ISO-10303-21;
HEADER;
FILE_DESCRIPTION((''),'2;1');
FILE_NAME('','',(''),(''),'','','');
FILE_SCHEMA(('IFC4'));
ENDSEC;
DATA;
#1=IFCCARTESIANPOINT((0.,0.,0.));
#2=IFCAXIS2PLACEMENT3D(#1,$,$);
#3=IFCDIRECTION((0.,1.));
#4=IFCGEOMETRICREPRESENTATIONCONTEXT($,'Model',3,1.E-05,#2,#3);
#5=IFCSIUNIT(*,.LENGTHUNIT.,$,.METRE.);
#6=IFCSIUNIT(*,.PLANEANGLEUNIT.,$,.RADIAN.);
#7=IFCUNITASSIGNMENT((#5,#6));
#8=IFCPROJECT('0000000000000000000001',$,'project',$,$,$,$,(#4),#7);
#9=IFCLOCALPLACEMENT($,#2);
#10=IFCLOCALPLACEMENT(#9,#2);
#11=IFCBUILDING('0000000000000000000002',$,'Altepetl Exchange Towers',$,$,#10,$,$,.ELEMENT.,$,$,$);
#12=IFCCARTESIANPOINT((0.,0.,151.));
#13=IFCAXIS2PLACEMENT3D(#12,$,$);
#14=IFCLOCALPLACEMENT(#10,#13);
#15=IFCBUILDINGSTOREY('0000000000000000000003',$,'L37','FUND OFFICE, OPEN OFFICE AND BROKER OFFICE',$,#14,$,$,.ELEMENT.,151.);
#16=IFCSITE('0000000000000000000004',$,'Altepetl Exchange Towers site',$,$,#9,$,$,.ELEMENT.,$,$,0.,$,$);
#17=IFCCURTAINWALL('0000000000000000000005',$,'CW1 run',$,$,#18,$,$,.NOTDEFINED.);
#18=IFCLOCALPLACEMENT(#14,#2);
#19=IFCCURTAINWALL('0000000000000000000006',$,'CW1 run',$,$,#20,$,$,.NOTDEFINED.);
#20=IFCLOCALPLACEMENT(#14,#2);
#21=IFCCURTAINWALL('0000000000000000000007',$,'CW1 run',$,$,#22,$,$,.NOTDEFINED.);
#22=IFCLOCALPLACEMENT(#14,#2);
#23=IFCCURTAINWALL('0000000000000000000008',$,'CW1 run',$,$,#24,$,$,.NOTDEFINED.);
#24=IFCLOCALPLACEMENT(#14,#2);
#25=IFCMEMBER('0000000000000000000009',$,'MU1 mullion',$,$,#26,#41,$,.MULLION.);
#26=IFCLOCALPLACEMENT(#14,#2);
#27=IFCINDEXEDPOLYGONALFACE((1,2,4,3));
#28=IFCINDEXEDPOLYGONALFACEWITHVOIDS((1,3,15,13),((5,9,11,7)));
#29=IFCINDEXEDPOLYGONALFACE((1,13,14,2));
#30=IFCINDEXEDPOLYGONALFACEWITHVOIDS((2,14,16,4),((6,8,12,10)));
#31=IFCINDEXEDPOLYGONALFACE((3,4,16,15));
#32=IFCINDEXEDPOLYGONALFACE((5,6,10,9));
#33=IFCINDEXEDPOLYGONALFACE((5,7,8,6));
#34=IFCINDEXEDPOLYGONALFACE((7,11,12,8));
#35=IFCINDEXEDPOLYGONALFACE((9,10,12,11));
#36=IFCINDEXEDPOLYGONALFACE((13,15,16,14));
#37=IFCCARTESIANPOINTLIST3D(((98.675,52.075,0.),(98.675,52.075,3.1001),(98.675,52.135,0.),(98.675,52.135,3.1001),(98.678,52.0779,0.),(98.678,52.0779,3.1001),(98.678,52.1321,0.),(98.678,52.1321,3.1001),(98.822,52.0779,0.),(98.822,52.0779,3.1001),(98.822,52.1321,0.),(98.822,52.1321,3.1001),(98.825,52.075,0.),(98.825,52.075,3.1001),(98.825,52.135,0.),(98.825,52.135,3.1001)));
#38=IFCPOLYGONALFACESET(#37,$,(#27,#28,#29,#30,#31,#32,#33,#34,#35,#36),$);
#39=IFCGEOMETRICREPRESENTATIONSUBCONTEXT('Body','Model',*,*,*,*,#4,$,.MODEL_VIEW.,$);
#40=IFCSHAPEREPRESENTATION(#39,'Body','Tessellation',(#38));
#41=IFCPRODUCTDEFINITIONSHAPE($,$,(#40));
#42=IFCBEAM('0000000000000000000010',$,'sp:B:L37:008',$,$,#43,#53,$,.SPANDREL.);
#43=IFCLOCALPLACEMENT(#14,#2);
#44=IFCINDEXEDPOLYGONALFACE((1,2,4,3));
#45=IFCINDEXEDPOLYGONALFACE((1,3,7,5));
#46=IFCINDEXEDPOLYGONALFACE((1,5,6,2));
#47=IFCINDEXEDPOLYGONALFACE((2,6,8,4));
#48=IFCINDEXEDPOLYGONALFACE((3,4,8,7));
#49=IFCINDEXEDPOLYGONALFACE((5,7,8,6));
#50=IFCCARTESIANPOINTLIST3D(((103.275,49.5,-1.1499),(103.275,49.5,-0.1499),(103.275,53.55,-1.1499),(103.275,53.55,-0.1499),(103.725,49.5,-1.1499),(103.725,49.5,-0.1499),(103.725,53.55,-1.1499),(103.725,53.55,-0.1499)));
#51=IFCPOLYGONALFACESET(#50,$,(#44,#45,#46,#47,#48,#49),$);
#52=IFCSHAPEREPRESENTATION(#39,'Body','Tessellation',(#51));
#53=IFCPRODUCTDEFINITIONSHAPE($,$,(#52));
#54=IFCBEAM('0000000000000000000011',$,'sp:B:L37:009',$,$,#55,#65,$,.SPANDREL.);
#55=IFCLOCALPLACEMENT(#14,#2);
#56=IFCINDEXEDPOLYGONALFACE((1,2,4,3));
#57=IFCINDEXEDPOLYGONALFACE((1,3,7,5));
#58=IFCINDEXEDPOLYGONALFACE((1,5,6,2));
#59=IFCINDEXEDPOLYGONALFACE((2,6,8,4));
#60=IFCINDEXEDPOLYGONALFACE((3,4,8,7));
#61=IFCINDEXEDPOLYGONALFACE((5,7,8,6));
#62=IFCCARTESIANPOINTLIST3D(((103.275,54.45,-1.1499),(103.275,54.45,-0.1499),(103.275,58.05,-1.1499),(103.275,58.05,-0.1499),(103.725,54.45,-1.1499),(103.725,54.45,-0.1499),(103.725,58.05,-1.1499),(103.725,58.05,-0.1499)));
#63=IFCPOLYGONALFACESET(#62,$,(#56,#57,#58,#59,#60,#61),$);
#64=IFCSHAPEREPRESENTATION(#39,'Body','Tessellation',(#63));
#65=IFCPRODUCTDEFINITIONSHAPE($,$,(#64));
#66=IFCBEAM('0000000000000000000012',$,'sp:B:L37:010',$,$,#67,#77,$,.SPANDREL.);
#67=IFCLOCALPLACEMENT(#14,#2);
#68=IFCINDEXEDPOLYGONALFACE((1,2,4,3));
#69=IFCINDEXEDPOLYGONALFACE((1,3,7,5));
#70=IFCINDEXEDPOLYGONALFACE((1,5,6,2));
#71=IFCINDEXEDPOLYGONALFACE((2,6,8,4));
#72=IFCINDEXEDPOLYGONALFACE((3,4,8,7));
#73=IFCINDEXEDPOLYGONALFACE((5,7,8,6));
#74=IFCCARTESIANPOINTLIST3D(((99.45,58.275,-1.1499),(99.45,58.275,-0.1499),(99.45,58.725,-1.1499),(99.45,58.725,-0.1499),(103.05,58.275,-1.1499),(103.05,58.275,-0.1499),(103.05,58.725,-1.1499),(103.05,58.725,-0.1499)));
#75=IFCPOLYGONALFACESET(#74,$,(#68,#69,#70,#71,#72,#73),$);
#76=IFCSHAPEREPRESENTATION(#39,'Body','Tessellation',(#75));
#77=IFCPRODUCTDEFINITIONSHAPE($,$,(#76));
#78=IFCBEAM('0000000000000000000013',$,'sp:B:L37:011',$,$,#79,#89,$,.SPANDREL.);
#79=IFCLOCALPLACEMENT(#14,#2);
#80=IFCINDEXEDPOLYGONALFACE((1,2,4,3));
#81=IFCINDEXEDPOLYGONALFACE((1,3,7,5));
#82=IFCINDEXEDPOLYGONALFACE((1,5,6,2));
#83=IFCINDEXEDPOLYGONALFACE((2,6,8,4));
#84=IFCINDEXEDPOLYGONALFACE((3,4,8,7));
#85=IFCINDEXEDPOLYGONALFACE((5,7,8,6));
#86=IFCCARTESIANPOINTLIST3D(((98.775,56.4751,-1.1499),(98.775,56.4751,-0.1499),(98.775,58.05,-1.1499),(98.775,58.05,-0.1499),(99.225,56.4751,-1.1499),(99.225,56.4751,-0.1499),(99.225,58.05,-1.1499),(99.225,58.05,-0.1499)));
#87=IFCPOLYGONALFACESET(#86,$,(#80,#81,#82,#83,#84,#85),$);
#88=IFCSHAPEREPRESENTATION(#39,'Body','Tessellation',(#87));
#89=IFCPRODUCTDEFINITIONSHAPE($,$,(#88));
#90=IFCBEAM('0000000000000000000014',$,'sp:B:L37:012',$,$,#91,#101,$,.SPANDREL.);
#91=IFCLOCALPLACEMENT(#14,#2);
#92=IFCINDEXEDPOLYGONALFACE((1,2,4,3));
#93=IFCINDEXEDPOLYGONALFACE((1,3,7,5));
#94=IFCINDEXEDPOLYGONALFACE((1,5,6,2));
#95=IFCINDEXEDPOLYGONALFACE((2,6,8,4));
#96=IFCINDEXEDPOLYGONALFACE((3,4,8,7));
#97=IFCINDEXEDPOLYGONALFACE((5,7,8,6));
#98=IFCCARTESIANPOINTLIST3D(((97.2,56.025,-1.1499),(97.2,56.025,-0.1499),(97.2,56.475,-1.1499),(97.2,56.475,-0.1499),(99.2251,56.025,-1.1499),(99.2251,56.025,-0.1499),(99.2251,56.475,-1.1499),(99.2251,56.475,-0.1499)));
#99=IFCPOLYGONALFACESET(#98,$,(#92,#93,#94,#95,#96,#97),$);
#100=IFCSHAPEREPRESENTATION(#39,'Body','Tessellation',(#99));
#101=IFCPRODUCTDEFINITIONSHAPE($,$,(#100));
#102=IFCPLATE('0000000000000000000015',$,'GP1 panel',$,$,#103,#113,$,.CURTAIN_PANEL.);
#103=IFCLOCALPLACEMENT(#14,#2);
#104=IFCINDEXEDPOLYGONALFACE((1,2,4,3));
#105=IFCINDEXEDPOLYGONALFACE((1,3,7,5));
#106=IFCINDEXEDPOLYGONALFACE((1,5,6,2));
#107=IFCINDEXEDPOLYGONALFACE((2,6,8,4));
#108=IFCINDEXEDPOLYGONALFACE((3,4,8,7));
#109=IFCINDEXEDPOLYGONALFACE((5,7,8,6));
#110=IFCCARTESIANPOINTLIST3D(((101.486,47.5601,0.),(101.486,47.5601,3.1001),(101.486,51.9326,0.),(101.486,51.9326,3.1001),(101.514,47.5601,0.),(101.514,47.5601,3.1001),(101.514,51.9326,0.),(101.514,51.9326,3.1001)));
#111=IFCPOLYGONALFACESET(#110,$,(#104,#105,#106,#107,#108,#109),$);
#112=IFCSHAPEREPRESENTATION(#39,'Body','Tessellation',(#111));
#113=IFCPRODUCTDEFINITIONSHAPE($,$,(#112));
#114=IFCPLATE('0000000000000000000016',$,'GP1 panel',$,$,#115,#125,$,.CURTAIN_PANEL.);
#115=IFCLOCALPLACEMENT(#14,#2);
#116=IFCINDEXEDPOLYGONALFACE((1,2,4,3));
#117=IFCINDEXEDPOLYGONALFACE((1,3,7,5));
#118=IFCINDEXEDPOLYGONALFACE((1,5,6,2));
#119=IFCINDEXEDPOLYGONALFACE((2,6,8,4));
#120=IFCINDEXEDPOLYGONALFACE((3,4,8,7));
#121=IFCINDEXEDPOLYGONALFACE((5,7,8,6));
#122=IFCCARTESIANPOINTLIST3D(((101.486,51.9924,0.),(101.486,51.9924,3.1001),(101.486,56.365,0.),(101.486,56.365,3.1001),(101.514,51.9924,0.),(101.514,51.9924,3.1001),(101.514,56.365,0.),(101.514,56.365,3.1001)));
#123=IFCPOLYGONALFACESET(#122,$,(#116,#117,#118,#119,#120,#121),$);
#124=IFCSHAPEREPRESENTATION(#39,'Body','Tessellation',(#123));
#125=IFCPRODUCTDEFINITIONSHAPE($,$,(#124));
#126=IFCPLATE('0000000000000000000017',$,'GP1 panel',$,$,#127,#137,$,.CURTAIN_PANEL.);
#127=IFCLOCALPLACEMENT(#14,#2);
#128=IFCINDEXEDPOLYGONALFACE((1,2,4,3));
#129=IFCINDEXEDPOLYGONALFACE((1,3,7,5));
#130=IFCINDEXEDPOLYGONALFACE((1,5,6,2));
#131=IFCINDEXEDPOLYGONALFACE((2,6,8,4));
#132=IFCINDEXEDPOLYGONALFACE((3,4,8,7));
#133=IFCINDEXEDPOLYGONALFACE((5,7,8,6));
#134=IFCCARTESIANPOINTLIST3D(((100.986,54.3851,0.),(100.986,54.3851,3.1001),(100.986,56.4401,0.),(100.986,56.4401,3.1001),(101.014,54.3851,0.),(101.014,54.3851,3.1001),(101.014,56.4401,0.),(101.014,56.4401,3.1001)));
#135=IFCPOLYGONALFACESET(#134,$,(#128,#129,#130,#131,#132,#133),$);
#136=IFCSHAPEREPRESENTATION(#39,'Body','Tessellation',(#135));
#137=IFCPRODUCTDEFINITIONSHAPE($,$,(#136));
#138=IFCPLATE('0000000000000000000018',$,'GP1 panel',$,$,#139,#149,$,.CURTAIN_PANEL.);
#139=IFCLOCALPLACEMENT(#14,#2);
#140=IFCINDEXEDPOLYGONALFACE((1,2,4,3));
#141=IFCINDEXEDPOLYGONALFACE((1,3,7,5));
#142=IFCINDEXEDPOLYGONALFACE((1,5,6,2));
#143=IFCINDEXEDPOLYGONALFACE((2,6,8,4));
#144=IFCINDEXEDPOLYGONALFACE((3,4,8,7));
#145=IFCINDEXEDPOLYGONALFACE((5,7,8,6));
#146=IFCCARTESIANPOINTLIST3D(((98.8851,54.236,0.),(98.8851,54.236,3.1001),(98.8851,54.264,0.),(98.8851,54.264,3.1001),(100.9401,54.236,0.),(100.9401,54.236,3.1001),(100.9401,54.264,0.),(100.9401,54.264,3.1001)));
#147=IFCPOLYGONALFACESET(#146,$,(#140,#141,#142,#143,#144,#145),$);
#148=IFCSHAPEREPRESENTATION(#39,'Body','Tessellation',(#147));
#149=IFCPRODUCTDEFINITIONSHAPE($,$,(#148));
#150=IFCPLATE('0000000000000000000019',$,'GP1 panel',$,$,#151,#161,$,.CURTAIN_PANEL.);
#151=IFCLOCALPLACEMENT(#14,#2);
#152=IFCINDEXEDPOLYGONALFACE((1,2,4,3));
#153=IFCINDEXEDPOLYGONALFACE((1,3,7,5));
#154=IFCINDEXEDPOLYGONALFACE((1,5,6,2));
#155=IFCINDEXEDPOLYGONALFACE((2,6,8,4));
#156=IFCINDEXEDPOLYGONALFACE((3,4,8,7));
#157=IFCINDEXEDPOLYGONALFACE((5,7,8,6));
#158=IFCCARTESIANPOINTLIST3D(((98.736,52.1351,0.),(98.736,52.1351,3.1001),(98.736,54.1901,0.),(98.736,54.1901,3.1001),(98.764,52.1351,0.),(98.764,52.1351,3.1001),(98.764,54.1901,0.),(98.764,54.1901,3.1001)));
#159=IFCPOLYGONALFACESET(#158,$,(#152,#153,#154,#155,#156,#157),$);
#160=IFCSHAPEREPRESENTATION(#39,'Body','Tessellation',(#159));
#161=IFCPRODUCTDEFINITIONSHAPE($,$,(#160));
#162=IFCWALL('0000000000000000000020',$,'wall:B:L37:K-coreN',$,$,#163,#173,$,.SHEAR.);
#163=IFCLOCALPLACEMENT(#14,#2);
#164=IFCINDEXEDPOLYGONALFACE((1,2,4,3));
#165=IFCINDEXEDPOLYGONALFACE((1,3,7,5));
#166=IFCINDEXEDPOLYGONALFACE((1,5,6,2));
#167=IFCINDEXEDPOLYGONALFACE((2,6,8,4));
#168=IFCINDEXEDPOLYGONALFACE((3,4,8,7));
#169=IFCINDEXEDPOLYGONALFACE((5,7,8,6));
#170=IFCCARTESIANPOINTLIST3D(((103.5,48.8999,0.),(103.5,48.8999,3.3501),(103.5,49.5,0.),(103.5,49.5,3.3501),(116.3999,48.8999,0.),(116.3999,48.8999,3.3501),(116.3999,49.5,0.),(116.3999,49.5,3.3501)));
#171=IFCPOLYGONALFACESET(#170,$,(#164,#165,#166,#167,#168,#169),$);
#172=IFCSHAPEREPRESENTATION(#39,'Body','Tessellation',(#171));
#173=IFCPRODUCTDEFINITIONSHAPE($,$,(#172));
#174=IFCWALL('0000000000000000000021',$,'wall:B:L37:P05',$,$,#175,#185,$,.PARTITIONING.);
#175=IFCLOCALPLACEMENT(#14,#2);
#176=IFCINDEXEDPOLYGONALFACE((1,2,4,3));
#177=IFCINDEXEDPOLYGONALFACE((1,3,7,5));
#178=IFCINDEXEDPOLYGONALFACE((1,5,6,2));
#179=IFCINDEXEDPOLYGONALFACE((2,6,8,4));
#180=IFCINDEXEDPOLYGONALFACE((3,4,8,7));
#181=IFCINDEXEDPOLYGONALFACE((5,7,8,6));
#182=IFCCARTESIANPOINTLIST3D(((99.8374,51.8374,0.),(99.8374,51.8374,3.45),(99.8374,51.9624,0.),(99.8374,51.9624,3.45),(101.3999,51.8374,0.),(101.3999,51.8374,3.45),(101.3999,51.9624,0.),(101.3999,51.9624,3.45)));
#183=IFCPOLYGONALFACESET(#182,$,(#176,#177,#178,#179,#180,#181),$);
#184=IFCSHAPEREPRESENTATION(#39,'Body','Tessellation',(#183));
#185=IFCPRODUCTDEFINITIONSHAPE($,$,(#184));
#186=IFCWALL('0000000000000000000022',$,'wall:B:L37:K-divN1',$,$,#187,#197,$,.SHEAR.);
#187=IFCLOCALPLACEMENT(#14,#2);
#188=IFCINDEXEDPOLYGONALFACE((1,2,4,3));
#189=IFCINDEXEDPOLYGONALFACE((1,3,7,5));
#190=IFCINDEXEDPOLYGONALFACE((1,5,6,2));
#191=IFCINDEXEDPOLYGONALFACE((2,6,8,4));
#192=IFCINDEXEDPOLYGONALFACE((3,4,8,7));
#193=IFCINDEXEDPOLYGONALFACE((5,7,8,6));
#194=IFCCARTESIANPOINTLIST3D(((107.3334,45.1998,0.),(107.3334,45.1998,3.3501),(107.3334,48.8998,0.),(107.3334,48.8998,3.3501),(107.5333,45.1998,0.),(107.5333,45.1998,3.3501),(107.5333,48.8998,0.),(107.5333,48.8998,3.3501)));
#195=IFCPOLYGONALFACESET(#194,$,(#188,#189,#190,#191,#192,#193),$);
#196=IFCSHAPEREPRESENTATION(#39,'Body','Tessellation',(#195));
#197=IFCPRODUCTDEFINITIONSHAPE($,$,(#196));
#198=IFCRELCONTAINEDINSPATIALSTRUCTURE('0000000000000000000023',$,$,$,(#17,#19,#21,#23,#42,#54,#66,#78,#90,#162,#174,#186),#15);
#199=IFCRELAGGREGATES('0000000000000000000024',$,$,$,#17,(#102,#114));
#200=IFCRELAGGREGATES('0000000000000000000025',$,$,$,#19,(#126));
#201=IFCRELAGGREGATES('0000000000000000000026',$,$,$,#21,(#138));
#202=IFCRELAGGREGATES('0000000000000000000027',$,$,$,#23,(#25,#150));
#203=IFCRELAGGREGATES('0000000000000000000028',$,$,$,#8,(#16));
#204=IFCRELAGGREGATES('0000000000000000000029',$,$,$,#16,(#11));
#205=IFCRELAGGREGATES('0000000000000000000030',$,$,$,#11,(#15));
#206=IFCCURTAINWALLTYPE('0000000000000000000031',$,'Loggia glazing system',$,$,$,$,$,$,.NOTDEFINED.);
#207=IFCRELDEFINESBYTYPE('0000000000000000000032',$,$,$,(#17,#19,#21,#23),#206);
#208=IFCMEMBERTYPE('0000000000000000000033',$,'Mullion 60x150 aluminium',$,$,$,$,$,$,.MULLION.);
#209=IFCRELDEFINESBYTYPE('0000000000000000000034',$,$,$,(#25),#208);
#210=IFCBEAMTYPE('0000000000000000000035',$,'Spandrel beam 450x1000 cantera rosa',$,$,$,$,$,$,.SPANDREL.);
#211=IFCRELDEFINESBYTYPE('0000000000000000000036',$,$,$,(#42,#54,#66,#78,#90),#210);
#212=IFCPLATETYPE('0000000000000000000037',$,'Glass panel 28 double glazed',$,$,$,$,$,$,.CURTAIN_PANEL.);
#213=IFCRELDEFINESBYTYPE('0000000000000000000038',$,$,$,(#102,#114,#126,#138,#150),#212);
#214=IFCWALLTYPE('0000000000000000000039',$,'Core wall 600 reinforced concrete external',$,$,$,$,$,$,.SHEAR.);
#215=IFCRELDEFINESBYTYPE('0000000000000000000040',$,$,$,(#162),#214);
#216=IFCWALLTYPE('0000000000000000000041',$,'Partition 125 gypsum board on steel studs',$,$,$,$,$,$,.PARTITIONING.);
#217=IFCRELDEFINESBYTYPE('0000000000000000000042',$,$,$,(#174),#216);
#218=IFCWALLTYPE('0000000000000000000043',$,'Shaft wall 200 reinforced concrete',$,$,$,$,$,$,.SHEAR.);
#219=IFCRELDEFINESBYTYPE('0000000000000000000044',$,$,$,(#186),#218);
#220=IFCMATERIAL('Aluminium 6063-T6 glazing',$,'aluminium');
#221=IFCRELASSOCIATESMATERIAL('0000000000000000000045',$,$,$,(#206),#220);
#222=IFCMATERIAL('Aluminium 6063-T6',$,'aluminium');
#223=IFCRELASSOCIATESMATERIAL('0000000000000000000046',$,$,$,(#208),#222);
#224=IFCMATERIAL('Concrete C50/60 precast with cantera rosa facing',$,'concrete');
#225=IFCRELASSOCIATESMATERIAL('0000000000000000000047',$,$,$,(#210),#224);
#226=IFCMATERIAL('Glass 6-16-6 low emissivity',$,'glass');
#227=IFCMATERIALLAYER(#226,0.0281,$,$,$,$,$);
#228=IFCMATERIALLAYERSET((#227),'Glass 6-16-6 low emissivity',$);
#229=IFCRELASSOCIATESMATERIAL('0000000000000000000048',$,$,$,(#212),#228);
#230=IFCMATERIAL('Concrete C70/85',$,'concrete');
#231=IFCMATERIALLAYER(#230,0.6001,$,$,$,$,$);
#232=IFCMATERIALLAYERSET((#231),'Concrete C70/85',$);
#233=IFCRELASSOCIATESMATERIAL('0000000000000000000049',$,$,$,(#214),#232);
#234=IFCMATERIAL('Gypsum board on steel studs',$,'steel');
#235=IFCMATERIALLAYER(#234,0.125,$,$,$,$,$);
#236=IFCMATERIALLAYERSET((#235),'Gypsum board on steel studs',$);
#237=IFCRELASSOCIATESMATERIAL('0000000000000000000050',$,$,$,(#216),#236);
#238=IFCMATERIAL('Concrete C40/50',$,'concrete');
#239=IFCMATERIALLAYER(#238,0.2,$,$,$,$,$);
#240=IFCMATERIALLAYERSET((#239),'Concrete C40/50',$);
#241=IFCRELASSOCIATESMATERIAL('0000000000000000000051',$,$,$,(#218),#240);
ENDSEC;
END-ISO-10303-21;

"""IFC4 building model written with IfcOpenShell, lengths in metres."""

from ifc_helpers import new_model, si_unit, direction, frame, frame_2d, origin, origin_2d, place, context, subcontext, project, spatial, rectangle, hollow_rectangle, extrude, material, layer, layer_set, material_profile, profile_set, type_object, element, aggregate, save


model = new_model("IFC4")

# Units and contexts
model_context = context("Model", 3, precision=1e-05, world=origin(), true_north=direction((0.0, 1.0)))
body_context = subcontext(model_context, "Body", "Model", "MODEL_VIEW")
ifc_project = project(units=[si_unit("LENGTHUNIT", "METRE"), si_unit("PLANEANGLEUNIT", "RADIAN")], contexts=[model_context])

# Site, building, storey
site_placement = place(None, origin())
site = spatial("IfcSite", under=ifc_project, at=site_placement, Name="Altepetl Exchange Towers site", CompositionType="ELEMENT", RefElevation=0.0)
building_placement = place(site_placement, origin())
building = spatial("IfcBuilding", under=site, at=building_placement, Name="Altepetl Exchange Towers", CompositionType="ELEMENT")
storey_placement = place(building_placement, frame((0.0, 0.0, 151.0)))
storey = spatial("IfcBuildingStorey", under=building, at=storey_placement, Name="L37", Description="FUND OFFICE, OPEN OFFICE AND BROKER OFFICE", CompositionType="ELEMENT", Elevation=151.0)

# Shared definitions
ifc_material_1 = material(Name="Aluminium 6063-T6 glazing", Category="aluminium")
curtain_wall_type = type_object("IfcCurtainWallType", Name="Loggia glazing system", PredefinedType="NOTDEFINED", material=ifc_material_1)
ifc_material_2 = material(Name="Aluminium 6063-T6", Category="aluminium")
ifc_material_profile_1 = material_profile(ifc_material_2, hollow_rectangle(XDim=0.0601, YDim=0.1499, WallThickness=0.0029, at=origin_2d()), Name="Mullion 60x150 aluminium")
ifc_profile_set_1 = profile_set([ifc_material_profile_1], Name="Aluminium 6063-T6")
member_type = type_object("IfcMemberType", Name="Mullion 60x150 aluminium", PredefinedType="MULLION", material=ifc_profile_set_1)

# Curtain walls, member
curtain_wall_1_placement = place(storey_placement, origin())
curtain_wall_1 = element("IfcCurtainWall", 1, at=curtain_wall_1_placement, inside=storey, type_object=curtain_wall_type, Name="CW1 run", PredefinedType="NOTDEFINED")
curtain_wall_2_placement = place(storey_placement, origin())
curtain_wall_2 = element("IfcCurtainWall", 2, at=curtain_wall_2_placement, inside=storey, type_object=curtain_wall_type, Name="CW1 run", PredefinedType="NOTDEFINED")
curtain_wall_3_placement = place(storey_placement, origin())
curtain_wall_3 = element("IfcCurtainWall", 3, at=curtain_wall_3_placement, inside=storey, type_object=curtain_wall_type, Name="CW1 run", PredefinedType="NOTDEFINED")
curtain_wall_4_placement = place(storey_placement, origin())
curtain_wall_4 = element("IfcCurtainWall", 4, at=curtain_wall_4_placement, inside=storey, type_object=curtain_wall_type, Name="CW1 run", PredefinedType="NOTDEFINED")
member_1_placement = place(storey_placement, frame((98.75, 52.105, 0.0), z_axis=(0.0, 0.0, 1.0), x_axis=(0.0, -1.0, 0.0)))
member_1 = element("IfcMember", 5, at=member_1_placement, type_object=member_type, Name="MU1 mullion", PredefinedType="MULLION", context=body_context, shape_type="SweptSolid", body=[
    extrude(hollow_rectangle(XDim=0.0601, YDim=0.1499, WallThickness=0.0029, at=origin_2d()), origin(), (0.0, 0.0, 1.0), 3.1001),
])

# Beams
ifc_material_3 = material(Name="Concrete C50/60 precast with cantera rosa facing", Category="concrete")
ifc_material_profile_2 = material_profile(ifc_material_3, rectangle(XDim=0.45, YDim=1.0, at=origin_2d()), Name="450 x 1000")
ifc_profile_set_2 = profile_set([ifc_material_profile_2], Name="Concrete C50/60 precast with cantera rosa facing")
beam_type = type_object("IfcBeamType", Name="Spandrel beam 450x1000 cantera rosa", PredefinedType="SPANDREL", material=ifc_profile_set_2)
beam_1_placement = place(storey_placement, frame((103.5, 49.5, -0.6499), z_axis=(0.0, 1.0, 0.0), x_axis=(-1.0, 0.0, 0.0)))
element("IfcBeam", 6, at=beam_1_placement, inside=storey, type_object=beam_type, Name="sp:B:L37:008", PredefinedType="SPANDREL", context=body_context, shape_type="SweptSolid", body=[
    extrude(rectangle(XDim=0.45, YDim=1.0, at=origin_2d()), origin(), (0.0, 0.0, 1.0), 4.05),
])
for number, where, z_axis, x_axis, name in (
    (7, (103.5, 54.45, -0.6499), (0.0, 1.0, 0.0), (-1.0, 0.0, 0.0), "sp:B:L37:009"),
    (8, (103.05, 58.5, -0.6499), (-1.0, 0.0, 0.0), (0.0, -1.0, 0.0), "sp:B:L37:010"),
):
    element("IfcBeam", number, at=place(storey_placement, frame(where, z_axis=z_axis, x_axis=x_axis)), inside=storey, type_object=beam_type, Name=name, PredefinedType="SPANDREL", context=body_context, shape_type="SweptSolid", body=[
        extrude(rectangle(XDim=0.45, YDim=1.0, at=origin_2d()), origin(), (0.0, 0.0, 1.0), 3.6001),
    ])
beam_2_placement = place(storey_placement, frame((99.0, 58.05, -0.6499), z_axis=(0.0, -1.0, 0.0), x_axis=(1.0, 0.0, 0.0)))
element("IfcBeam", 9, at=beam_2_placement, inside=storey, type_object=beam_type, Name="sp:B:L37:011", PredefinedType="SPANDREL", context=body_context, shape_type="SweptSolid", body=[
    extrude(rectangle(XDim=0.45, YDim=1.0, at=origin_2d()), origin(), (0.0, 0.0, 1.0), 1.575),
])
beam_3_placement = place(storey_placement, frame((99.2251, 56.25, -0.6499), z_axis=(-1.0, 0.0, 0.0), x_axis=(0.0, -1.0, 0.0)))
element("IfcBeam", 10, at=beam_3_placement, inside=storey, type_object=beam_type, Name="sp:B:L37:012", PredefinedType="SPANDREL", context=body_context, shape_type="SweptSolid", body=[
    extrude(rectangle(XDim=0.45, YDim=1.0, at=origin_2d()), origin(), (0.0, 0.0, 1.0), 2.0251),
])

# Plates
ifc_material_4 = material(Name="Glass 6-16-6 low emissivity", Category="glass")
ifc_layer_1 = layer(ifc_material_4, 0.0281)
ifc_layer_set_1 = layer_set([ifc_layer_1], Name="Glass 6-16-6 low emissivity")
plate_type = type_object("IfcPlateType", Name="Glass panel 28 double glazed", PredefinedType="CURTAIN_PANEL", material=ifc_layer_set_1)
plate_1_placement = place(storey_placement, frame((101.5, 49.7463, 0.0), z_axis=(0.0, 0.0, 1.0), x_axis=(0.0, 1.0, 0.0)))
plate_1 = element("IfcPlate", 11, at=plate_1_placement, type_object=plate_type, Name="GP1 panel", PredefinedType="CURTAIN_PANEL", context=body_context, shape_type="SweptSolid", body=[
    extrude(rectangle(XDim=4.3726, YDim=0.0281, at=origin_2d()), origin(), (0.0, 0.0, 1.0), 3.1001),
])
plate_2_placement = place(storey_placement, frame((101.5, 54.1787, 0.0), z_axis=(0.0, 0.0, 1.0), x_axis=(0.0, 1.0, 0.0)))
plate_2 = element("IfcPlate", 12, at=plate_2_placement, type_object=plate_type, Name="GP1 panel", PredefinedType="CURTAIN_PANEL", context=body_context, shape_type="SweptSolid", body=[
    extrude(rectangle(XDim=4.3726, YDim=0.0281, at=origin_2d()), origin(), (0.0, 0.0, 1.0), 3.1001),
])
aggregate(curtain_wall_1, [plate_1, plate_2])
plate_3_placement = place(storey_placement, frame((101.0, 55.4126, 0.0), z_axis=(0.0, 0.0, 1.0), x_axis=(0.0, -1.0, 0.0)))
plate_3 = element("IfcPlate", 13, at=plate_3_placement, type_object=plate_type, Name="GP1 panel", PredefinedType="CURTAIN_PANEL", context=body_context, shape_type="SweptSolid", body=[
    extrude(rectangle(XDim=2.0549, YDim=0.0281, at=origin_2d()), origin(), (0.0, 0.0, 1.0), 3.1001),
])
aggregate(curtain_wall_2, [plate_3])
plate_4_placement = place(storey_placement, frame((99.9126, 54.25, 0.0), z_axis=(0.0, 0.0, 1.0), x_axis=(-1.0, 0.0, 0.0)))
plate_4 = element("IfcPlate", 14, at=plate_4_placement, type_object=plate_type, Name="GP1 panel", PredefinedType="CURTAIN_PANEL", context=body_context, shape_type="SweptSolid", body=[
    extrude(rectangle(XDim=2.0549, YDim=0.0281, at=origin_2d()), origin(), (0.0, 0.0, 1.0), 3.1001),
])
aggregate(curtain_wall_3, [plate_4])
plate_5_placement = place(storey_placement, frame((98.75, 53.1626, 0.0), z_axis=(0.0, 0.0, 1.0), x_axis=(0.0, -1.0, 0.0)))
plate_5 = element("IfcPlate", 15, at=plate_5_placement, type_object=plate_type, Name="GP1 panel", PredefinedType="CURTAIN_PANEL", context=body_context, shape_type="SweptSolid", body=[
    extrude(rectangle(XDim=2.0549, YDim=0.0281, at=origin_2d()), origin(), (0.0, 0.0, 1.0), 3.1001),
])
aggregate(curtain_wall_4, [member_1, plate_5])

# Walls
ifc_material_5 = material(Name="Concrete C70/85", Category="concrete")
ifc_layer_2 = layer(ifc_material_5, 0.6001)
ifc_layer_set_2 = layer_set([ifc_layer_2], Name="Concrete C70/85")
wall_type_1 = type_object("IfcWallType", Name="Core wall 600 reinforced concrete external", PredefinedType="SHEAR", material=ifc_layer_set_2)
wall_1_placement = place(storey_placement, frame((103.5, 49.2, 0.0)))
element("IfcWall", 16, at=wall_1_placement, inside=storey, type_object=wall_type_1, Name="wall:B:L37:K-coreN", PredefinedType="SHEAR", context=body_context, shape_type="SweptSolid", body=[
    extrude(rectangle(XDim=12.8999, YDim=0.6001, at=frame_2d((6.45, 0.0))), origin(), (0.0, 0.0, 1.0), 3.3501),
])
ifc_material_6 = material(Name="Gypsum board on steel studs", Category="steel")
ifc_layer_3 = layer(ifc_material_6, 0.125)
ifc_layer_set_3 = layer_set([ifc_layer_3], Name="Gypsum board on steel studs")
wall_type_2 = type_object("IfcWallType", Name="Partition 125 gypsum board on steel studs", PredefinedType="PARTITIONING", material=ifc_layer_set_3)
wall_2_placement = place(storey_placement, frame((99.8374, 51.8999, 0.0)))
element("IfcWall", 17, at=wall_2_placement, inside=storey, type_object=wall_type_2, Name="wall:B:L37:P05", PredefinedType="PARTITIONING", context=body_context, shape_type="SweptSolid", body=[
    extrude(rectangle(XDim=1.5625, YDim=0.125, at=frame_2d((0.7812, 0.0))), origin(), (0.0, 0.0, 1.0), 3.45),
])
ifc_material_7 = material(Name="Concrete C40/50", Category="concrete")
ifc_layer_4 = layer(ifc_material_7, 0.2)
ifc_layer_set_4 = layer_set([ifc_layer_4], Name="Concrete C40/50")
wall_type_3 = type_object("IfcWallType", Name="Shaft wall 200 reinforced concrete", PredefinedType="SHEAR", material=ifc_layer_set_4)
wall_3_placement = place(storey_placement, frame((107.4333, 48.8999, 0.0), z_axis=(0.0, 0.0, 1.0), x_axis=(0.0, -1.0, 0.0)))
element("IfcWall", 18, at=wall_3_placement, inside=storey, type_object=wall_type_3, Name="wall:B:L37:K-divN1", PredefinedType="SHEAR", context=body_context, shape_type="SweptSolid", body=[
    extrude(rectangle(XDim=3.7, YDim=0.2, at=frame_2d((1.8501, 0.0))), origin(), (0.0, 0.0, 1.0), 3.3501),
])

save(model, "model.ifc")
